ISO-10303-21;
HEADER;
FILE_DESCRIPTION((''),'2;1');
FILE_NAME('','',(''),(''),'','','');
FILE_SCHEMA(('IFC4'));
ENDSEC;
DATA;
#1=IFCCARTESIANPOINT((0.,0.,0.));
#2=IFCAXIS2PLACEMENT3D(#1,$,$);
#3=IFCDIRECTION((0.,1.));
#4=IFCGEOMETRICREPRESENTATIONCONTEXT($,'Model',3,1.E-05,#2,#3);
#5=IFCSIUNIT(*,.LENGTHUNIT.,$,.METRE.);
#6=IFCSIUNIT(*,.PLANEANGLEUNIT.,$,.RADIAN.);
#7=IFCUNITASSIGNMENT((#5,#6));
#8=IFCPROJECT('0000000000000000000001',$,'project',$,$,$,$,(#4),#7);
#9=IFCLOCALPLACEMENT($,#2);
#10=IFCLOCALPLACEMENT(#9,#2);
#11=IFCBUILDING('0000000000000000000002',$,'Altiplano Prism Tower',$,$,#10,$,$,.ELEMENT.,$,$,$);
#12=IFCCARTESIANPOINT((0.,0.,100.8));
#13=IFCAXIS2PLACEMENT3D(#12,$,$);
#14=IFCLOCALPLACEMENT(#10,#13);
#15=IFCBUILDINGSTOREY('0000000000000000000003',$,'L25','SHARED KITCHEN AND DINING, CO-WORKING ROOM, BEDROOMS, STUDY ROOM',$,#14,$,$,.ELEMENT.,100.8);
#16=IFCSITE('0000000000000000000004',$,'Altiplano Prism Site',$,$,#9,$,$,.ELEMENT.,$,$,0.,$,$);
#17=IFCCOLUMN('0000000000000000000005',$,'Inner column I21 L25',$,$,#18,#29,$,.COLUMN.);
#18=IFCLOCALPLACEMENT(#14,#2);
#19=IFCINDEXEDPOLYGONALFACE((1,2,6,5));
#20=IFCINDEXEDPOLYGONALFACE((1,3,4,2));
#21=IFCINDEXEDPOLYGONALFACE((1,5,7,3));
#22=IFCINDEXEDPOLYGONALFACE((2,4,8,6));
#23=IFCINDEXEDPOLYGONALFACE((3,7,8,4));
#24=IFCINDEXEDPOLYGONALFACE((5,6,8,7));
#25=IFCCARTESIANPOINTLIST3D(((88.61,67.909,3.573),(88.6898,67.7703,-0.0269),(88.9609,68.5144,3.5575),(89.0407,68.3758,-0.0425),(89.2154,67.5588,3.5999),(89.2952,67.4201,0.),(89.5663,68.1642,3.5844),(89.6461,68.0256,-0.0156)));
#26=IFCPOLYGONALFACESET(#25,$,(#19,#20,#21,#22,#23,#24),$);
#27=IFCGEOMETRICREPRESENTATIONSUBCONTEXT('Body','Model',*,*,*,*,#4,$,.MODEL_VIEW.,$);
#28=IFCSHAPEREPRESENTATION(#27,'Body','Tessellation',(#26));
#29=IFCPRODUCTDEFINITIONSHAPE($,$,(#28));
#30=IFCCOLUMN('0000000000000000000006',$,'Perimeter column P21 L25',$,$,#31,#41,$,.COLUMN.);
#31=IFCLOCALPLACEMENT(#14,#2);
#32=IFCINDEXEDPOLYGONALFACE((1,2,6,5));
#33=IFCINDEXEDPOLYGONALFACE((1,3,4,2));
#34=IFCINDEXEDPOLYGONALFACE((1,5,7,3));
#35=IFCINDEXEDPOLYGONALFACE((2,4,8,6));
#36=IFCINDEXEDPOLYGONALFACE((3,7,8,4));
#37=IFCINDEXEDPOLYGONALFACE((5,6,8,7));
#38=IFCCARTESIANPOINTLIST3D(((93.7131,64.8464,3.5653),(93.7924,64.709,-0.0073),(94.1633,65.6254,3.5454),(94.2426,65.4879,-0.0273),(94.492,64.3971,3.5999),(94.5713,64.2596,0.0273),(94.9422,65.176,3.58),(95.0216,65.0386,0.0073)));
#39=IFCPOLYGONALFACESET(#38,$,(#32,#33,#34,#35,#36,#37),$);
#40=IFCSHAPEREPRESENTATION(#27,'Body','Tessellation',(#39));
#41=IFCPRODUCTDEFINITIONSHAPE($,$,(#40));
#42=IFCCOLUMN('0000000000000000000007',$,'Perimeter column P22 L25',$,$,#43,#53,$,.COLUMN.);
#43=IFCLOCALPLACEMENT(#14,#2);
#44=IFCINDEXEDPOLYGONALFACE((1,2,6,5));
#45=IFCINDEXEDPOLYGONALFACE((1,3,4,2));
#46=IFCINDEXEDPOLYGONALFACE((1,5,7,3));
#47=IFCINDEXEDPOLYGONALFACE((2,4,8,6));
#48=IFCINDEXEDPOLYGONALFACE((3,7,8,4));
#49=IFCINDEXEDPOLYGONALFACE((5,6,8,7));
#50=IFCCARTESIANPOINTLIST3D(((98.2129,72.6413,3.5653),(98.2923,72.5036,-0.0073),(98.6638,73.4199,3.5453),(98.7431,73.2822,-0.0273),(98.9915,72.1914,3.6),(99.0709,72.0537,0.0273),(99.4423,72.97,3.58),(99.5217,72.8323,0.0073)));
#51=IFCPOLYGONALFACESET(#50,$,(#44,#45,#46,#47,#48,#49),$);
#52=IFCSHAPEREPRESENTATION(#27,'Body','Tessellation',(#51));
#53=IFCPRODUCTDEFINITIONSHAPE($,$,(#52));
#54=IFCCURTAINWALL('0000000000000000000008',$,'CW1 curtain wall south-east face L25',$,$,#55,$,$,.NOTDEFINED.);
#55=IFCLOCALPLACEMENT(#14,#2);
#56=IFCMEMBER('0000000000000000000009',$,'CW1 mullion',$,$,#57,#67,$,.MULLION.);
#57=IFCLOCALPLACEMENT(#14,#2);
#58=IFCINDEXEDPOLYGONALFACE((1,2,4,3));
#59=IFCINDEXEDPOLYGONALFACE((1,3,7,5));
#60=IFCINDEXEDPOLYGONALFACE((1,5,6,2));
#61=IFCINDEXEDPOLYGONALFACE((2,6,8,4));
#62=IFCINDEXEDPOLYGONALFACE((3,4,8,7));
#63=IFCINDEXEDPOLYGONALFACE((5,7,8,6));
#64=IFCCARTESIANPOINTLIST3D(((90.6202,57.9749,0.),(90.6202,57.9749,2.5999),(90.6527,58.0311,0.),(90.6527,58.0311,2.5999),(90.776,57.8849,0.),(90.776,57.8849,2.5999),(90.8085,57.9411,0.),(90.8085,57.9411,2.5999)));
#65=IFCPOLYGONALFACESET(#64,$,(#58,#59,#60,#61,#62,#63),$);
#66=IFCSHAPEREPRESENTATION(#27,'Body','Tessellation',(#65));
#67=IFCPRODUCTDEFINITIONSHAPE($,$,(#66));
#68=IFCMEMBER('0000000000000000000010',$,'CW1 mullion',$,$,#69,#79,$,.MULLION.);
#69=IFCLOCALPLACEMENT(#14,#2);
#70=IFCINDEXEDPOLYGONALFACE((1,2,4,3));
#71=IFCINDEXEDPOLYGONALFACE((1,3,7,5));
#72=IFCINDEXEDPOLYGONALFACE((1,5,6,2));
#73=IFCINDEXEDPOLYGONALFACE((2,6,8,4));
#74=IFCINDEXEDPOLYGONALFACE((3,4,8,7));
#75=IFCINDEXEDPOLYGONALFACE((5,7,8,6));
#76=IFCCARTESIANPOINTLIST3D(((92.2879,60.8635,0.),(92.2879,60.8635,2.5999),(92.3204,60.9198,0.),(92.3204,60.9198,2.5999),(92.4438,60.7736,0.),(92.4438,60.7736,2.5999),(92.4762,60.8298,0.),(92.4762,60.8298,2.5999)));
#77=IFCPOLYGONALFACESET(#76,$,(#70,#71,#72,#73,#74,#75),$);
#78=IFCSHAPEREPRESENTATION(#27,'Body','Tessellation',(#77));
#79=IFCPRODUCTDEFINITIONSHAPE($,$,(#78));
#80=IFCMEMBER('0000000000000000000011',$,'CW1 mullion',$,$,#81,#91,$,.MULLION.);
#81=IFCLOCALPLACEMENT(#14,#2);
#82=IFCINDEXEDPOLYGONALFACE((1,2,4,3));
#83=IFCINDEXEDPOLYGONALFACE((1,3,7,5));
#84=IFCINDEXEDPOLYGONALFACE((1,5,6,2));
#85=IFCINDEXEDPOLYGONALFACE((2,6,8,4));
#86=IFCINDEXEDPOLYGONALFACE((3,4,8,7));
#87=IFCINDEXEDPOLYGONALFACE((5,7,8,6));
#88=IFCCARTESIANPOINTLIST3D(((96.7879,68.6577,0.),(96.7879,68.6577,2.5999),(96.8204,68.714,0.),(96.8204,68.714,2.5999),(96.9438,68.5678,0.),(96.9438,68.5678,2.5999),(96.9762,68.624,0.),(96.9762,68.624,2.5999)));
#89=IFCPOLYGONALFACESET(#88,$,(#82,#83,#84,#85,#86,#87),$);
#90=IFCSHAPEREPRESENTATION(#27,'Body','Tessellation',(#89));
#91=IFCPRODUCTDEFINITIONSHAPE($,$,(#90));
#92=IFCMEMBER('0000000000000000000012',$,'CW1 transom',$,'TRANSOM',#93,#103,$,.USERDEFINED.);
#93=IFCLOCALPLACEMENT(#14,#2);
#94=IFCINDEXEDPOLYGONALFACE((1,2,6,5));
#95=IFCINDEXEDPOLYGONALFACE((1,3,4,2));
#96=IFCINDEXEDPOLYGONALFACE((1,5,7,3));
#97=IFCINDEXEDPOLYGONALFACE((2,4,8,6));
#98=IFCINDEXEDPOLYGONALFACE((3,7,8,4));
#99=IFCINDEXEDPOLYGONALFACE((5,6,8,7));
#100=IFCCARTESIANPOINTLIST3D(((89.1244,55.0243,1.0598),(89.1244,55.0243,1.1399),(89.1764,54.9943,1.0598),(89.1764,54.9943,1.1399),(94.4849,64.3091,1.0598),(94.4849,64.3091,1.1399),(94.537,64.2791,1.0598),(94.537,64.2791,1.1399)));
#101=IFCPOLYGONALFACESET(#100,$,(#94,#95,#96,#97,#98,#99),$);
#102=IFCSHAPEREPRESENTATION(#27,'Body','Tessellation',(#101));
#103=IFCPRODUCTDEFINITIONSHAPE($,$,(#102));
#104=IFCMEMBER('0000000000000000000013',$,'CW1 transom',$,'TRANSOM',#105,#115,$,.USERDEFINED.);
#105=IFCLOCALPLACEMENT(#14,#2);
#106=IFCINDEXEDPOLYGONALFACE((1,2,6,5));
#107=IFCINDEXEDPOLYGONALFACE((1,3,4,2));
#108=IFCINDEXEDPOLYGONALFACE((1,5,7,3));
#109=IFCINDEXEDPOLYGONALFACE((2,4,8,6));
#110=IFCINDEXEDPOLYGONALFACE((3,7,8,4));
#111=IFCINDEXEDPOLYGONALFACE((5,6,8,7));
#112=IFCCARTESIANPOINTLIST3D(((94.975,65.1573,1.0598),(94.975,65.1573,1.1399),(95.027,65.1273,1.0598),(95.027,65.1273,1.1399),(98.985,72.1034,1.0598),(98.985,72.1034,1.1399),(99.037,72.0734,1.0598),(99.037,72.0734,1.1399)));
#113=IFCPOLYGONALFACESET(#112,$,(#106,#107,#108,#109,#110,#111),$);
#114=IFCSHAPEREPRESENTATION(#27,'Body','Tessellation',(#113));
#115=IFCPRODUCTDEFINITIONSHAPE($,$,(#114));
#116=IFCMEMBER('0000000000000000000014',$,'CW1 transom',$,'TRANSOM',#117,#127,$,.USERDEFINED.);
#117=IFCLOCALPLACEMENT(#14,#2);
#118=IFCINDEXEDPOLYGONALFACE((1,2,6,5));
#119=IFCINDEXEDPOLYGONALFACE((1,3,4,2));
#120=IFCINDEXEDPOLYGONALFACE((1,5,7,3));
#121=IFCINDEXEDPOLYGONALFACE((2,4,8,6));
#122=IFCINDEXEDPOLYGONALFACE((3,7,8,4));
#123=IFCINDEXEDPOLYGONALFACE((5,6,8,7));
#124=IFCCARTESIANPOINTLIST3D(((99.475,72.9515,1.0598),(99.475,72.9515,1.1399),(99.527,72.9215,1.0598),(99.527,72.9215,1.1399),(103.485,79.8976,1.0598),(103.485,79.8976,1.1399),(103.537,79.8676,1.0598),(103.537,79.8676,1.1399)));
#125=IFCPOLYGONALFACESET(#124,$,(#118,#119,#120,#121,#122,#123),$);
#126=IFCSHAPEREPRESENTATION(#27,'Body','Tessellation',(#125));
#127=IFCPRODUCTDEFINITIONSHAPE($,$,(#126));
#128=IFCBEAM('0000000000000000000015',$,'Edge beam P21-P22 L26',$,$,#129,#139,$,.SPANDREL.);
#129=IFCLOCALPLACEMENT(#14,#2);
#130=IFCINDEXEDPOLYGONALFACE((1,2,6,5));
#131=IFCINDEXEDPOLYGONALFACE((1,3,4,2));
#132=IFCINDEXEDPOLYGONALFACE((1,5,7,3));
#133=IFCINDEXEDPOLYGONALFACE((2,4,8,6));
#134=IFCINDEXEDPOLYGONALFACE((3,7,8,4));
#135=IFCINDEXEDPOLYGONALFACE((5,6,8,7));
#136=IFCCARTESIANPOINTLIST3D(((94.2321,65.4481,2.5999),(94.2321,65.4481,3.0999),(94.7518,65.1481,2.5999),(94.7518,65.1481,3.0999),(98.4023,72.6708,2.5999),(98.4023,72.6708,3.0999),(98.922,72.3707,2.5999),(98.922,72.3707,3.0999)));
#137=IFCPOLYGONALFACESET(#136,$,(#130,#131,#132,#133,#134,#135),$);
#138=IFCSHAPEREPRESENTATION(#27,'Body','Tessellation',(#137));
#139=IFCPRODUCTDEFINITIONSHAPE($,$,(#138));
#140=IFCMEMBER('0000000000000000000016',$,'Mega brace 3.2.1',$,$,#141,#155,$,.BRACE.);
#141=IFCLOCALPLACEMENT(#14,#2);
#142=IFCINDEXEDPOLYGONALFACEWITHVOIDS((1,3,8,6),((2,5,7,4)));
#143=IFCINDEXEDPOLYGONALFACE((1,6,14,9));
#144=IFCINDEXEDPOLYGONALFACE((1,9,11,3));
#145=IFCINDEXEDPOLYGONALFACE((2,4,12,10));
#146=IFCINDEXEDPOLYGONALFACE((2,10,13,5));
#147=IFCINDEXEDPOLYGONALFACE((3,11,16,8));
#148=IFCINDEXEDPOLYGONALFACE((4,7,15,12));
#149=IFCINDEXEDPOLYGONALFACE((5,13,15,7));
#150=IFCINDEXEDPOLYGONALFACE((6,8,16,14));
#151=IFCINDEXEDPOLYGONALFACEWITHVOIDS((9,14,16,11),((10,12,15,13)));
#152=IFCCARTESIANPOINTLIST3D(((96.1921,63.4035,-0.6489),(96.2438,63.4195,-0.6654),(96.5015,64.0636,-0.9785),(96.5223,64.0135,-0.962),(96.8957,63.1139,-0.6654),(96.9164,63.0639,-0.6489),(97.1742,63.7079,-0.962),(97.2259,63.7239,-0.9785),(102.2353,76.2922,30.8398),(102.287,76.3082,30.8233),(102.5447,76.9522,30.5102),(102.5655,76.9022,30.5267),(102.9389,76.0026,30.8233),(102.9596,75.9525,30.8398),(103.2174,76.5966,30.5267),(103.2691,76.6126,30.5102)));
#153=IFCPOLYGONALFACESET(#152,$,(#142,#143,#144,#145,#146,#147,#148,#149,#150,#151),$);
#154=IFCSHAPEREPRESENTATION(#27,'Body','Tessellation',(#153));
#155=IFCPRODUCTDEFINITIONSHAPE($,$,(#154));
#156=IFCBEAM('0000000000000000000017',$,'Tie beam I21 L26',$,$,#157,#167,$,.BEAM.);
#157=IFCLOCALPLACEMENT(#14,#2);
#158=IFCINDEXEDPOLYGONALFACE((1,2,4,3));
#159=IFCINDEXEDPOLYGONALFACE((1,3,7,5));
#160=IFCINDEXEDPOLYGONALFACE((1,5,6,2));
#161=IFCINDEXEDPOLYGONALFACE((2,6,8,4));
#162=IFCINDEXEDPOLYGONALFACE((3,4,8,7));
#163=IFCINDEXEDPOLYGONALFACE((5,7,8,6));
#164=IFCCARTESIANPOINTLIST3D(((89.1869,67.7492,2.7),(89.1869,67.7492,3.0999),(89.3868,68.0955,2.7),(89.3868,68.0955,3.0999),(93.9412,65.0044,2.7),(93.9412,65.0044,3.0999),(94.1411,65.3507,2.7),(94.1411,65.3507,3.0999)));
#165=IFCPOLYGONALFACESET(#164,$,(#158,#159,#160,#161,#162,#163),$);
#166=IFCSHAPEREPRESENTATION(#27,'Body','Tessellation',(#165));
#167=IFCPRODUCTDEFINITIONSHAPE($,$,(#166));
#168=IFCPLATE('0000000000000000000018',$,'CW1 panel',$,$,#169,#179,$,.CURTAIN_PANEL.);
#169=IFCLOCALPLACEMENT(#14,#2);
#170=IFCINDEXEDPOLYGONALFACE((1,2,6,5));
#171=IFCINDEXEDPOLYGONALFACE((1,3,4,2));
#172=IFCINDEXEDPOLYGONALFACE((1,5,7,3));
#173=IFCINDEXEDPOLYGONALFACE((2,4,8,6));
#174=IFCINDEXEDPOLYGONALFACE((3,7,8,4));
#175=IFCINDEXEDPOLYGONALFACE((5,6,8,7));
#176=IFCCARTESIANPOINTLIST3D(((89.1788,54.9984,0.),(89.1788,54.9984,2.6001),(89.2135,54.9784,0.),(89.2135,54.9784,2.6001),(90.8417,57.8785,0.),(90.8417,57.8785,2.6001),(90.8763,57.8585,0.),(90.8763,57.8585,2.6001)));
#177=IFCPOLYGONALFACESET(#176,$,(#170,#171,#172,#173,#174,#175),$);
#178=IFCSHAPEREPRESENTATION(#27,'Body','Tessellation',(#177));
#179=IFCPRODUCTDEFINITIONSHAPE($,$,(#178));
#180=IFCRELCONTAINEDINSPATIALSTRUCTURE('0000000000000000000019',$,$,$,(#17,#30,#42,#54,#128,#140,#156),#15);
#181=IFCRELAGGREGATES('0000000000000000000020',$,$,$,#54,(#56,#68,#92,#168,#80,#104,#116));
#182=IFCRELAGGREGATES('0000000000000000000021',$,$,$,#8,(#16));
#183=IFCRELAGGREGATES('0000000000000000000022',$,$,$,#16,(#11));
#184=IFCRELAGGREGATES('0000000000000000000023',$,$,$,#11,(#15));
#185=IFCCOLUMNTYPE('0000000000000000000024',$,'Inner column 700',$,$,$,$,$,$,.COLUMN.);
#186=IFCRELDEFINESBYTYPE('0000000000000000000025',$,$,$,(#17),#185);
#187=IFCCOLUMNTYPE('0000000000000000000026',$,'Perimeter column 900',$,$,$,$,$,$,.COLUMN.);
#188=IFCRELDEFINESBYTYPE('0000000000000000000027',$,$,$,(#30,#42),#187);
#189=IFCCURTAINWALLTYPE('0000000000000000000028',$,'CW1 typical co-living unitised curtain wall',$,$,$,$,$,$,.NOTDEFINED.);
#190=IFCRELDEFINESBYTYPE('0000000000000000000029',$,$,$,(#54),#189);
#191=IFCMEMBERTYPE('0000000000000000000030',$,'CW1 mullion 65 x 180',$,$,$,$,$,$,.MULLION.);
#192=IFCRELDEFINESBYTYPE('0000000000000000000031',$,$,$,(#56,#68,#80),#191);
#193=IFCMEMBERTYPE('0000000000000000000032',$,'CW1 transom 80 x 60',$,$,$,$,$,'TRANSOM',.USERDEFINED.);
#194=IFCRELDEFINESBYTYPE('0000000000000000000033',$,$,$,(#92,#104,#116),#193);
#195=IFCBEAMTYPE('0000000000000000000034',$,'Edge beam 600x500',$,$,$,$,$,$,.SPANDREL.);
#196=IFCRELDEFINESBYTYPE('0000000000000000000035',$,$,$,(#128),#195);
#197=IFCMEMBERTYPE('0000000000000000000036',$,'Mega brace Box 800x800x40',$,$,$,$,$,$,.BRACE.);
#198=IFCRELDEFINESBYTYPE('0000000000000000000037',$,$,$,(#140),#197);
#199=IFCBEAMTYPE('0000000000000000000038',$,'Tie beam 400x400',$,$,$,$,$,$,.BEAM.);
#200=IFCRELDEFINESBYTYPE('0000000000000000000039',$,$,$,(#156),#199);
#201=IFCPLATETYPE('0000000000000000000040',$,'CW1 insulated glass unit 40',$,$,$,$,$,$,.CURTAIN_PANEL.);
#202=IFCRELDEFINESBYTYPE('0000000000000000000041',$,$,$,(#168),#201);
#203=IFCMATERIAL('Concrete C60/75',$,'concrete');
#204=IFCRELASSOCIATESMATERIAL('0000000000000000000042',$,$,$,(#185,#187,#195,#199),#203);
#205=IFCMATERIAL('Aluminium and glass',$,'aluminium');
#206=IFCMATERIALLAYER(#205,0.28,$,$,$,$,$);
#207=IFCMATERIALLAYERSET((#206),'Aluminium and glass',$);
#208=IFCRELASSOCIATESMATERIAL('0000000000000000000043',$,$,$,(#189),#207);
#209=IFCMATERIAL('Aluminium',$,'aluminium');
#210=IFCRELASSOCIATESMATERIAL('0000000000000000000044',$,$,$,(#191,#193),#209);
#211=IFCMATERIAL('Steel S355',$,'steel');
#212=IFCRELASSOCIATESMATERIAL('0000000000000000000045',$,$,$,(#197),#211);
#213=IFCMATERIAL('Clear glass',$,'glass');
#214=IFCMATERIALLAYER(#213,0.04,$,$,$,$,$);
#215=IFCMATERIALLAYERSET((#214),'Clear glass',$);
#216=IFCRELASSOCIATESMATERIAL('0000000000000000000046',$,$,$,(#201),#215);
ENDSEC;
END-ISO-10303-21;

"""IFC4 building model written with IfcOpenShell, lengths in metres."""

from ifc_helpers import new_model, si_unit, direction, frame, origin, origin_2d, place, context, subcontext, project, spatial, rectangle, hollow_rectangle, extrude, material, layer, layer_set, material_profile, profile_set, type_object, element, aggregate, save


model = new_model("IFC4")

# Units and contexts
model_context = context("Model", 3, precision=1e-05, world=origin(), true_north=direction((0.0, 1.0)))
body_context = subcontext(model_context, "Body", "Model", "MODEL_VIEW")
ifc_project = project(units=[si_unit("LENGTHUNIT", "METRE"), si_unit("PLANEANGLEUNIT", "RADIAN")], contexts=[model_context])

# Site, building, storey
site_placement = place(None, origin())
site = spatial("IfcSite", under=ifc_project, at=site_placement, Name="Altiplano Prism Site", CompositionType="ELEMENT", RefElevation=0.0)
building_placement = place(site_placement, origin())
building = spatial("IfcBuilding", under=site, at=building_placement, Name="Altiplano Prism Tower", CompositionType="ELEMENT")
storey_placement = place(building_placement, frame((0.0, 0.0, 100.8)))
storey = spatial("IfcBuildingStorey", under=building, at=storey_placement, Name="L25", Description="SHARED KITCHEN AND DINING, CO-WORKING ROOM, BEDROOMS, STUDY ROOM", CompositionType="ELEMENT", Elevation=100.8)

# Columns
ifc_material_1 = material(Name="Concrete C60/75", Category="concrete")
ifc_material_profile_1 = material_profile(ifc_material_1, rectangle(XDim=0.7, YDim=0.7, at=origin_2d()), Name="Inner column 700")
ifc_profile_set_1 = profile_set([ifc_material_profile_1], Name="Concrete C60/75")
column_type_1 = type_object("IfcColumnType", Name="Inner column 700", PredefinedType="COLUMN", material=ifc_profile_set_1)
column_placement = place(storey_placement, frame((89.168, 67.8979, -0.0212), z_axis=(-0.022155, 0.038484, 0.999014), x_axis=(-0.501313, -0.864981, 0.022203)))
element("IfcColumn", 1, at=column_placement, inside=storey, type_object=column_type_1, Name="Inner column I21 L25", PredefinedType="COLUMN", context=body_context, shape_type="SweptSolid", body=[
    extrude(rectangle(XDim=0.7, YDim=0.7, at=origin_2d()), origin(), (0.0, 0.0, 1.0), 3.6035),
])
ifc_material_profile_2 = material_profile(ifc_material_1, rectangle(XDim=0.8999, YDim=0.8999, at=origin_2d()), Name="Perimeter column 900")
ifc_profile_set_2 = profile_set([ifc_material_profile_2], Name="Concrete C60/75")
column_type_2 = type_object("IfcColumnType", Name="Perimeter column 900", PredefinedType="COLUMN", material=ifc_profile_set_2)
for number, where, z_axis, x_axis, name in (
    (2, (94.407, 64.8738, 0.0), (-0.022187, 0.038434, 0.999015), (-0.500299, -0.865568, 0.022189), "Perimeter column P21 L25"),
    (3, (98.907, 72.668, 0.0), (-0.022187, 0.038502, 0.999012), (-0.500965, -0.865183, 0.022219), "Perimeter column P22 L25"),
):
    element("IfcColumn", number, at=place(storey_placement, frame(where, z_axis=z_axis, x_axis=x_axis)), inside=storey, type_object=column_type_2, Name=name, PredefinedType="COLUMN", context=body_context, shape_type="SweptSolid", body=[
        extrude(rectangle(XDim=0.8999, YDim=0.8999, at=origin_2d()), origin(), (0.0, 0.0, 1.0), 3.5762),
    ])

# Curtain wall, members
ifc_material_2 = material(Name="Aluminium and glass", Category="aluminium")
ifc_layer_1 = layer(ifc_material_2, 0.28)
ifc_layer_set_1 = layer_set([ifc_layer_1], Name="Aluminium and glass")
curtain_wall_type = type_object("IfcCurtainWallType", Name="CW1 typical co-living unitised curtain wall", PredefinedType="NOTDEFINED", material=ifc_layer_set_1)
curtain_wall_placement = place(storey_placement, origin())
curtain_wall = element("IfcCurtainWall", 4, at=curtain_wall_placement, inside=storey, type_object=curtain_wall_type, Name="CW1 curtain wall south-east face L25", PredefinedType="NOTDEFINED")
ifc_material_3 = material(Name="Aluminium", Category="aluminium")
ifc_material_profile_3 = material_profile(ifc_material_3, rectangle(XDim=0.1799, YDim=0.0649, at=origin_2d()), Name="CW1 mullion 65 x 180")
ifc_profile_set_3 = profile_set([ifc_material_profile_3], Name="Aluminium")
member_type_1 = type_object("IfcMemberType", Name="CW1 mullion 65 x 180", PredefinedType="MULLION", material=ifc_profile_set_3)
member_1_placement = place(storey_placement, frame((90.7144, 57.958, 0.0), z_axis=(0.0, 0.0, 1.0), x_axis=(-0.866025, 0.5, 0.0)))
member_1 = element("IfcMember", 5, at=member_1_placement, type_object=member_type_1, Name="CW1 mullion", PredefinedType="MULLION", context=body_context, shape_type="SweptSolid", body=[
    extrude(rectangle(XDim=0.1799, YDim=0.0649, at=origin_2d()), origin(), (0.0, 0.0, 1.0), 2.5999),
])
member_2_placement = place(storey_placement, frame((92.3821, 60.8467, 0.0), z_axis=(0.0, 0.0, 1.0), x_axis=(-0.866025, 0.5, 0.0)))
member_2 = element("IfcMember", 6, at=member_2_placement, type_object=member_type_1, Name="CW1 mullion", PredefinedType="MULLION", context=body_context, shape_type="SweptSolid", body=[
    extrude(rectangle(XDim=0.1799, YDim=0.0649, at=origin_2d()), origin(), (0.0, 0.0, 1.0), 2.5999),
])
member_3_placement = place(storey_placement, frame((96.8821, 68.6409, 0.0), z_axis=(0.0, 0.0, 1.0), x_axis=(-0.866025, 0.5, 0.0)))
member_3 = element("IfcMember", 7, at=member_3_placement, type_object=member_type_1, Name="CW1 mullion", PredefinedType="MULLION", context=body_context, shape_type="SweptSolid", body=[
    extrude(rectangle(XDim=0.1799, YDim=0.0649, at=origin_2d()), origin(), (0.0, 0.0, 1.0), 2.5999),
])
ifc_material_profile_4 = material_profile(ifc_material_3, rectangle(XDim=0.0601, YDim=0.0801, at=origin_2d()), Name="CW1 transom 80 x 60")
ifc_profile_set_4 = profile_set([ifc_material_profile_4], Name="Aluminium")
member_type_2 = type_object("IfcMemberType", Name="CW1 transom 80 x 60", ElementType="TRANSOM", PredefinedType="USERDEFINED", material=ifc_profile_set_4)
member_4_placement = place(storey_placement, frame((89.1504, 55.0093, 1.0999), z_axis=(0.499996, 0.866027, 0.0), x_axis=(-0.866027, 0.499996, 0.0)))
member_4 = element("IfcMember", 8, at=member_4_placement, type_object=member_type_2, Name="CW1 transom", ObjectType="TRANSOM", PredefinedType="USERDEFINED", context=body_context, shape_type="SweptSolid", body=[
    extrude(rectangle(XDim=0.0601, YDim=0.0801, at=origin_2d()), origin(), (0.0, 0.0, 1.0), 10.7212),
])
member_5_placement = place(storey_placement, frame((95.001, 65.1423, 1.0999), z_axis=(0.499973, 0.866041, 0.0), x_axis=(-0.866041, 0.499973, 0.0)))
member_5 = element("IfcMember", 9, at=member_5_placement, type_object=member_type_2, Name="CW1 transom", ObjectType="TRANSOM", PredefinedType="USERDEFINED", context=body_context, shape_type="SweptSolid", body=[
    extrude(rectangle(XDim=0.0601, YDim=0.0801, at=origin_2d()), origin(), (0.0, 0.0, 1.0), 8.0205),
])
member_6_placement = place(storey_placement, frame((99.501, 72.9365, 1.0999), z_axis=(0.499973, 0.866041, 0.0), x_axis=(-0.866041, 0.499973, 0.0)))
member_6 = element("IfcMember", 10, at=member_6_placement, type_object=member_type_2, Name="CW1 transom", ObjectType="TRANSOM", PredefinedType="USERDEFINED", context=body_context, shape_type="SweptSolid", body=[
    extrude(rectangle(XDim=0.0601, YDim=0.0801, at=origin_2d()), origin(), (0.0, 0.0, 1.0), 8.0205),
])

# Beam
ifc_material_profile_5 = material_profile(ifc_material_1, rectangle(XDim=0.6001, YDim=0.5, at=origin_2d()), Name="Edge beam 600x500")
ifc_profile_set_5 = profile_set([ifc_material_profile_5], Name="Concrete C60/75")
beam_type_1 = type_object("IfcBeamType", Name="Edge beam 600x500", PredefinedType="SPANDREL", material=ifc_profile_set_5)
beam_1_placement = place(storey_placement, frame((94.4919, 65.2981, 2.8499), z_axis=(0.500015, 0.866017, 0.0), x_axis=(-0.866017, 0.500015, 0.0)))
element("IfcBeam", 11, at=beam_1_placement, inside=storey, type_object=beam_type_1, Name="Edge beam P21-P22 L26", PredefinedType="SPANDREL", context=body_context, shape_type="SweptSolid", body=[
    extrude(rectangle(XDim=0.6001, YDim=0.5, at=origin_2d()), origin(), (0.0, 0.0, 1.0), 8.3401),
])

# Member
ifc_material_4 = material(Name="Steel S355", Category="steel")
ifc_material_profile_6 = material_profile(ifc_material_4, hollow_rectangle(XDim=0.8, YDim=0.8, WallThickness=0.04, at=origin_2d()), Name="Mega brace Box 800x800x40")
ifc_profile_set_6 = profile_set([ifc_material_profile_6], Name="Steel S355")
member_type_3 = type_object("IfcMemberType", Name="Mega brace Box 800x800x40", PredefinedType="BRACE", material=ifc_profile_set_6)
member_7_placement = place(storey_placement, frame((96.709, 63.5637, -0.8137), z_axis=(0.174877, 0.372969, 0.911215), x_axis=(-0.905414, 0.424529, 0.0)))
element("IfcMember", 12, at=member_7_placement, inside=storey, type_object=member_type_3, Name="Mega brace 3.2.1", PredefinedType="BRACE", context=body_context, shape_type="SweptSolid", body=[
    extrude(hollow_rectangle(XDim=0.8, YDim=0.8, WallThickness=0.04, at=origin_2d()), origin(), (0.0, 0.0, 1.0), 34.5569),
])

# Beam
ifc_material_profile_7 = material_profile(ifc_material_1, rectangle(XDim=0.3999, YDim=0.3999, at=origin_2d()), Name="Tie beam 400x400")
ifc_profile_set_7 = profile_set([ifc_material_profile_7], Name="Concrete C60/75")
beam_type_2 = type_object("IfcBeamType", Name="Tie beam 400x400", PredefinedType="BEAM", material=ifc_profile_set_7)
beam_2_placement = place(storey_placement, frame((89.2869, 67.9224, 2.8999), z_axis=(0.866032, -0.499989, 0.0), x_axis=(0.499989, 0.866032, 0.0)))
element("IfcBeam", 13, at=beam_2_placement, inside=storey, type_object=beam_type_2, Name="Tie beam I21 L26", PredefinedType="BEAM", context=body_context, shape_type="SweptSolid", body=[
    extrude(rectangle(XDim=0.3999, YDim=0.3999, at=origin_2d()), origin(), (0.0, 0.0, 1.0), 5.4897),
])

# Plate
ifc_material_5 = material(Name="Clear glass", Category="glass")
ifc_layer_2 = layer(ifc_material_5, 0.04)
ifc_layer_set_2 = layer_set([ifc_layer_2], Name="Clear glass")
plate_type = type_object("IfcPlateType", Name="CW1 insulated glass unit 40", PredefinedType="CURTAIN_PANEL", material=ifc_layer_set_2)
plate_1_placement = place(storey_placement, frame((90.0276, 56.4285, 0.0), z_axis=(0.0, 0.0, 1.0), x_axis=(0.5, 0.866025, 0.0)))
plate_1 = element("IfcPlate", 14, at=plate_1_placement, type_object=plate_type, Name="CW1 panel", PredefinedType="CURTAIN_PANEL", context=body_context, shape_type="SweptSolid", body=[
    extrude(rectangle(XDim=3.3257, YDim=0.04, at=origin_2d()), origin(), (0.0, 0.0, 1.0), 2.6001),
])
aggregate(curtain_wall, [member_1, member_2, member_4, plate_1, member_3, member_5, member_6])

save(model, "model.ifc")
